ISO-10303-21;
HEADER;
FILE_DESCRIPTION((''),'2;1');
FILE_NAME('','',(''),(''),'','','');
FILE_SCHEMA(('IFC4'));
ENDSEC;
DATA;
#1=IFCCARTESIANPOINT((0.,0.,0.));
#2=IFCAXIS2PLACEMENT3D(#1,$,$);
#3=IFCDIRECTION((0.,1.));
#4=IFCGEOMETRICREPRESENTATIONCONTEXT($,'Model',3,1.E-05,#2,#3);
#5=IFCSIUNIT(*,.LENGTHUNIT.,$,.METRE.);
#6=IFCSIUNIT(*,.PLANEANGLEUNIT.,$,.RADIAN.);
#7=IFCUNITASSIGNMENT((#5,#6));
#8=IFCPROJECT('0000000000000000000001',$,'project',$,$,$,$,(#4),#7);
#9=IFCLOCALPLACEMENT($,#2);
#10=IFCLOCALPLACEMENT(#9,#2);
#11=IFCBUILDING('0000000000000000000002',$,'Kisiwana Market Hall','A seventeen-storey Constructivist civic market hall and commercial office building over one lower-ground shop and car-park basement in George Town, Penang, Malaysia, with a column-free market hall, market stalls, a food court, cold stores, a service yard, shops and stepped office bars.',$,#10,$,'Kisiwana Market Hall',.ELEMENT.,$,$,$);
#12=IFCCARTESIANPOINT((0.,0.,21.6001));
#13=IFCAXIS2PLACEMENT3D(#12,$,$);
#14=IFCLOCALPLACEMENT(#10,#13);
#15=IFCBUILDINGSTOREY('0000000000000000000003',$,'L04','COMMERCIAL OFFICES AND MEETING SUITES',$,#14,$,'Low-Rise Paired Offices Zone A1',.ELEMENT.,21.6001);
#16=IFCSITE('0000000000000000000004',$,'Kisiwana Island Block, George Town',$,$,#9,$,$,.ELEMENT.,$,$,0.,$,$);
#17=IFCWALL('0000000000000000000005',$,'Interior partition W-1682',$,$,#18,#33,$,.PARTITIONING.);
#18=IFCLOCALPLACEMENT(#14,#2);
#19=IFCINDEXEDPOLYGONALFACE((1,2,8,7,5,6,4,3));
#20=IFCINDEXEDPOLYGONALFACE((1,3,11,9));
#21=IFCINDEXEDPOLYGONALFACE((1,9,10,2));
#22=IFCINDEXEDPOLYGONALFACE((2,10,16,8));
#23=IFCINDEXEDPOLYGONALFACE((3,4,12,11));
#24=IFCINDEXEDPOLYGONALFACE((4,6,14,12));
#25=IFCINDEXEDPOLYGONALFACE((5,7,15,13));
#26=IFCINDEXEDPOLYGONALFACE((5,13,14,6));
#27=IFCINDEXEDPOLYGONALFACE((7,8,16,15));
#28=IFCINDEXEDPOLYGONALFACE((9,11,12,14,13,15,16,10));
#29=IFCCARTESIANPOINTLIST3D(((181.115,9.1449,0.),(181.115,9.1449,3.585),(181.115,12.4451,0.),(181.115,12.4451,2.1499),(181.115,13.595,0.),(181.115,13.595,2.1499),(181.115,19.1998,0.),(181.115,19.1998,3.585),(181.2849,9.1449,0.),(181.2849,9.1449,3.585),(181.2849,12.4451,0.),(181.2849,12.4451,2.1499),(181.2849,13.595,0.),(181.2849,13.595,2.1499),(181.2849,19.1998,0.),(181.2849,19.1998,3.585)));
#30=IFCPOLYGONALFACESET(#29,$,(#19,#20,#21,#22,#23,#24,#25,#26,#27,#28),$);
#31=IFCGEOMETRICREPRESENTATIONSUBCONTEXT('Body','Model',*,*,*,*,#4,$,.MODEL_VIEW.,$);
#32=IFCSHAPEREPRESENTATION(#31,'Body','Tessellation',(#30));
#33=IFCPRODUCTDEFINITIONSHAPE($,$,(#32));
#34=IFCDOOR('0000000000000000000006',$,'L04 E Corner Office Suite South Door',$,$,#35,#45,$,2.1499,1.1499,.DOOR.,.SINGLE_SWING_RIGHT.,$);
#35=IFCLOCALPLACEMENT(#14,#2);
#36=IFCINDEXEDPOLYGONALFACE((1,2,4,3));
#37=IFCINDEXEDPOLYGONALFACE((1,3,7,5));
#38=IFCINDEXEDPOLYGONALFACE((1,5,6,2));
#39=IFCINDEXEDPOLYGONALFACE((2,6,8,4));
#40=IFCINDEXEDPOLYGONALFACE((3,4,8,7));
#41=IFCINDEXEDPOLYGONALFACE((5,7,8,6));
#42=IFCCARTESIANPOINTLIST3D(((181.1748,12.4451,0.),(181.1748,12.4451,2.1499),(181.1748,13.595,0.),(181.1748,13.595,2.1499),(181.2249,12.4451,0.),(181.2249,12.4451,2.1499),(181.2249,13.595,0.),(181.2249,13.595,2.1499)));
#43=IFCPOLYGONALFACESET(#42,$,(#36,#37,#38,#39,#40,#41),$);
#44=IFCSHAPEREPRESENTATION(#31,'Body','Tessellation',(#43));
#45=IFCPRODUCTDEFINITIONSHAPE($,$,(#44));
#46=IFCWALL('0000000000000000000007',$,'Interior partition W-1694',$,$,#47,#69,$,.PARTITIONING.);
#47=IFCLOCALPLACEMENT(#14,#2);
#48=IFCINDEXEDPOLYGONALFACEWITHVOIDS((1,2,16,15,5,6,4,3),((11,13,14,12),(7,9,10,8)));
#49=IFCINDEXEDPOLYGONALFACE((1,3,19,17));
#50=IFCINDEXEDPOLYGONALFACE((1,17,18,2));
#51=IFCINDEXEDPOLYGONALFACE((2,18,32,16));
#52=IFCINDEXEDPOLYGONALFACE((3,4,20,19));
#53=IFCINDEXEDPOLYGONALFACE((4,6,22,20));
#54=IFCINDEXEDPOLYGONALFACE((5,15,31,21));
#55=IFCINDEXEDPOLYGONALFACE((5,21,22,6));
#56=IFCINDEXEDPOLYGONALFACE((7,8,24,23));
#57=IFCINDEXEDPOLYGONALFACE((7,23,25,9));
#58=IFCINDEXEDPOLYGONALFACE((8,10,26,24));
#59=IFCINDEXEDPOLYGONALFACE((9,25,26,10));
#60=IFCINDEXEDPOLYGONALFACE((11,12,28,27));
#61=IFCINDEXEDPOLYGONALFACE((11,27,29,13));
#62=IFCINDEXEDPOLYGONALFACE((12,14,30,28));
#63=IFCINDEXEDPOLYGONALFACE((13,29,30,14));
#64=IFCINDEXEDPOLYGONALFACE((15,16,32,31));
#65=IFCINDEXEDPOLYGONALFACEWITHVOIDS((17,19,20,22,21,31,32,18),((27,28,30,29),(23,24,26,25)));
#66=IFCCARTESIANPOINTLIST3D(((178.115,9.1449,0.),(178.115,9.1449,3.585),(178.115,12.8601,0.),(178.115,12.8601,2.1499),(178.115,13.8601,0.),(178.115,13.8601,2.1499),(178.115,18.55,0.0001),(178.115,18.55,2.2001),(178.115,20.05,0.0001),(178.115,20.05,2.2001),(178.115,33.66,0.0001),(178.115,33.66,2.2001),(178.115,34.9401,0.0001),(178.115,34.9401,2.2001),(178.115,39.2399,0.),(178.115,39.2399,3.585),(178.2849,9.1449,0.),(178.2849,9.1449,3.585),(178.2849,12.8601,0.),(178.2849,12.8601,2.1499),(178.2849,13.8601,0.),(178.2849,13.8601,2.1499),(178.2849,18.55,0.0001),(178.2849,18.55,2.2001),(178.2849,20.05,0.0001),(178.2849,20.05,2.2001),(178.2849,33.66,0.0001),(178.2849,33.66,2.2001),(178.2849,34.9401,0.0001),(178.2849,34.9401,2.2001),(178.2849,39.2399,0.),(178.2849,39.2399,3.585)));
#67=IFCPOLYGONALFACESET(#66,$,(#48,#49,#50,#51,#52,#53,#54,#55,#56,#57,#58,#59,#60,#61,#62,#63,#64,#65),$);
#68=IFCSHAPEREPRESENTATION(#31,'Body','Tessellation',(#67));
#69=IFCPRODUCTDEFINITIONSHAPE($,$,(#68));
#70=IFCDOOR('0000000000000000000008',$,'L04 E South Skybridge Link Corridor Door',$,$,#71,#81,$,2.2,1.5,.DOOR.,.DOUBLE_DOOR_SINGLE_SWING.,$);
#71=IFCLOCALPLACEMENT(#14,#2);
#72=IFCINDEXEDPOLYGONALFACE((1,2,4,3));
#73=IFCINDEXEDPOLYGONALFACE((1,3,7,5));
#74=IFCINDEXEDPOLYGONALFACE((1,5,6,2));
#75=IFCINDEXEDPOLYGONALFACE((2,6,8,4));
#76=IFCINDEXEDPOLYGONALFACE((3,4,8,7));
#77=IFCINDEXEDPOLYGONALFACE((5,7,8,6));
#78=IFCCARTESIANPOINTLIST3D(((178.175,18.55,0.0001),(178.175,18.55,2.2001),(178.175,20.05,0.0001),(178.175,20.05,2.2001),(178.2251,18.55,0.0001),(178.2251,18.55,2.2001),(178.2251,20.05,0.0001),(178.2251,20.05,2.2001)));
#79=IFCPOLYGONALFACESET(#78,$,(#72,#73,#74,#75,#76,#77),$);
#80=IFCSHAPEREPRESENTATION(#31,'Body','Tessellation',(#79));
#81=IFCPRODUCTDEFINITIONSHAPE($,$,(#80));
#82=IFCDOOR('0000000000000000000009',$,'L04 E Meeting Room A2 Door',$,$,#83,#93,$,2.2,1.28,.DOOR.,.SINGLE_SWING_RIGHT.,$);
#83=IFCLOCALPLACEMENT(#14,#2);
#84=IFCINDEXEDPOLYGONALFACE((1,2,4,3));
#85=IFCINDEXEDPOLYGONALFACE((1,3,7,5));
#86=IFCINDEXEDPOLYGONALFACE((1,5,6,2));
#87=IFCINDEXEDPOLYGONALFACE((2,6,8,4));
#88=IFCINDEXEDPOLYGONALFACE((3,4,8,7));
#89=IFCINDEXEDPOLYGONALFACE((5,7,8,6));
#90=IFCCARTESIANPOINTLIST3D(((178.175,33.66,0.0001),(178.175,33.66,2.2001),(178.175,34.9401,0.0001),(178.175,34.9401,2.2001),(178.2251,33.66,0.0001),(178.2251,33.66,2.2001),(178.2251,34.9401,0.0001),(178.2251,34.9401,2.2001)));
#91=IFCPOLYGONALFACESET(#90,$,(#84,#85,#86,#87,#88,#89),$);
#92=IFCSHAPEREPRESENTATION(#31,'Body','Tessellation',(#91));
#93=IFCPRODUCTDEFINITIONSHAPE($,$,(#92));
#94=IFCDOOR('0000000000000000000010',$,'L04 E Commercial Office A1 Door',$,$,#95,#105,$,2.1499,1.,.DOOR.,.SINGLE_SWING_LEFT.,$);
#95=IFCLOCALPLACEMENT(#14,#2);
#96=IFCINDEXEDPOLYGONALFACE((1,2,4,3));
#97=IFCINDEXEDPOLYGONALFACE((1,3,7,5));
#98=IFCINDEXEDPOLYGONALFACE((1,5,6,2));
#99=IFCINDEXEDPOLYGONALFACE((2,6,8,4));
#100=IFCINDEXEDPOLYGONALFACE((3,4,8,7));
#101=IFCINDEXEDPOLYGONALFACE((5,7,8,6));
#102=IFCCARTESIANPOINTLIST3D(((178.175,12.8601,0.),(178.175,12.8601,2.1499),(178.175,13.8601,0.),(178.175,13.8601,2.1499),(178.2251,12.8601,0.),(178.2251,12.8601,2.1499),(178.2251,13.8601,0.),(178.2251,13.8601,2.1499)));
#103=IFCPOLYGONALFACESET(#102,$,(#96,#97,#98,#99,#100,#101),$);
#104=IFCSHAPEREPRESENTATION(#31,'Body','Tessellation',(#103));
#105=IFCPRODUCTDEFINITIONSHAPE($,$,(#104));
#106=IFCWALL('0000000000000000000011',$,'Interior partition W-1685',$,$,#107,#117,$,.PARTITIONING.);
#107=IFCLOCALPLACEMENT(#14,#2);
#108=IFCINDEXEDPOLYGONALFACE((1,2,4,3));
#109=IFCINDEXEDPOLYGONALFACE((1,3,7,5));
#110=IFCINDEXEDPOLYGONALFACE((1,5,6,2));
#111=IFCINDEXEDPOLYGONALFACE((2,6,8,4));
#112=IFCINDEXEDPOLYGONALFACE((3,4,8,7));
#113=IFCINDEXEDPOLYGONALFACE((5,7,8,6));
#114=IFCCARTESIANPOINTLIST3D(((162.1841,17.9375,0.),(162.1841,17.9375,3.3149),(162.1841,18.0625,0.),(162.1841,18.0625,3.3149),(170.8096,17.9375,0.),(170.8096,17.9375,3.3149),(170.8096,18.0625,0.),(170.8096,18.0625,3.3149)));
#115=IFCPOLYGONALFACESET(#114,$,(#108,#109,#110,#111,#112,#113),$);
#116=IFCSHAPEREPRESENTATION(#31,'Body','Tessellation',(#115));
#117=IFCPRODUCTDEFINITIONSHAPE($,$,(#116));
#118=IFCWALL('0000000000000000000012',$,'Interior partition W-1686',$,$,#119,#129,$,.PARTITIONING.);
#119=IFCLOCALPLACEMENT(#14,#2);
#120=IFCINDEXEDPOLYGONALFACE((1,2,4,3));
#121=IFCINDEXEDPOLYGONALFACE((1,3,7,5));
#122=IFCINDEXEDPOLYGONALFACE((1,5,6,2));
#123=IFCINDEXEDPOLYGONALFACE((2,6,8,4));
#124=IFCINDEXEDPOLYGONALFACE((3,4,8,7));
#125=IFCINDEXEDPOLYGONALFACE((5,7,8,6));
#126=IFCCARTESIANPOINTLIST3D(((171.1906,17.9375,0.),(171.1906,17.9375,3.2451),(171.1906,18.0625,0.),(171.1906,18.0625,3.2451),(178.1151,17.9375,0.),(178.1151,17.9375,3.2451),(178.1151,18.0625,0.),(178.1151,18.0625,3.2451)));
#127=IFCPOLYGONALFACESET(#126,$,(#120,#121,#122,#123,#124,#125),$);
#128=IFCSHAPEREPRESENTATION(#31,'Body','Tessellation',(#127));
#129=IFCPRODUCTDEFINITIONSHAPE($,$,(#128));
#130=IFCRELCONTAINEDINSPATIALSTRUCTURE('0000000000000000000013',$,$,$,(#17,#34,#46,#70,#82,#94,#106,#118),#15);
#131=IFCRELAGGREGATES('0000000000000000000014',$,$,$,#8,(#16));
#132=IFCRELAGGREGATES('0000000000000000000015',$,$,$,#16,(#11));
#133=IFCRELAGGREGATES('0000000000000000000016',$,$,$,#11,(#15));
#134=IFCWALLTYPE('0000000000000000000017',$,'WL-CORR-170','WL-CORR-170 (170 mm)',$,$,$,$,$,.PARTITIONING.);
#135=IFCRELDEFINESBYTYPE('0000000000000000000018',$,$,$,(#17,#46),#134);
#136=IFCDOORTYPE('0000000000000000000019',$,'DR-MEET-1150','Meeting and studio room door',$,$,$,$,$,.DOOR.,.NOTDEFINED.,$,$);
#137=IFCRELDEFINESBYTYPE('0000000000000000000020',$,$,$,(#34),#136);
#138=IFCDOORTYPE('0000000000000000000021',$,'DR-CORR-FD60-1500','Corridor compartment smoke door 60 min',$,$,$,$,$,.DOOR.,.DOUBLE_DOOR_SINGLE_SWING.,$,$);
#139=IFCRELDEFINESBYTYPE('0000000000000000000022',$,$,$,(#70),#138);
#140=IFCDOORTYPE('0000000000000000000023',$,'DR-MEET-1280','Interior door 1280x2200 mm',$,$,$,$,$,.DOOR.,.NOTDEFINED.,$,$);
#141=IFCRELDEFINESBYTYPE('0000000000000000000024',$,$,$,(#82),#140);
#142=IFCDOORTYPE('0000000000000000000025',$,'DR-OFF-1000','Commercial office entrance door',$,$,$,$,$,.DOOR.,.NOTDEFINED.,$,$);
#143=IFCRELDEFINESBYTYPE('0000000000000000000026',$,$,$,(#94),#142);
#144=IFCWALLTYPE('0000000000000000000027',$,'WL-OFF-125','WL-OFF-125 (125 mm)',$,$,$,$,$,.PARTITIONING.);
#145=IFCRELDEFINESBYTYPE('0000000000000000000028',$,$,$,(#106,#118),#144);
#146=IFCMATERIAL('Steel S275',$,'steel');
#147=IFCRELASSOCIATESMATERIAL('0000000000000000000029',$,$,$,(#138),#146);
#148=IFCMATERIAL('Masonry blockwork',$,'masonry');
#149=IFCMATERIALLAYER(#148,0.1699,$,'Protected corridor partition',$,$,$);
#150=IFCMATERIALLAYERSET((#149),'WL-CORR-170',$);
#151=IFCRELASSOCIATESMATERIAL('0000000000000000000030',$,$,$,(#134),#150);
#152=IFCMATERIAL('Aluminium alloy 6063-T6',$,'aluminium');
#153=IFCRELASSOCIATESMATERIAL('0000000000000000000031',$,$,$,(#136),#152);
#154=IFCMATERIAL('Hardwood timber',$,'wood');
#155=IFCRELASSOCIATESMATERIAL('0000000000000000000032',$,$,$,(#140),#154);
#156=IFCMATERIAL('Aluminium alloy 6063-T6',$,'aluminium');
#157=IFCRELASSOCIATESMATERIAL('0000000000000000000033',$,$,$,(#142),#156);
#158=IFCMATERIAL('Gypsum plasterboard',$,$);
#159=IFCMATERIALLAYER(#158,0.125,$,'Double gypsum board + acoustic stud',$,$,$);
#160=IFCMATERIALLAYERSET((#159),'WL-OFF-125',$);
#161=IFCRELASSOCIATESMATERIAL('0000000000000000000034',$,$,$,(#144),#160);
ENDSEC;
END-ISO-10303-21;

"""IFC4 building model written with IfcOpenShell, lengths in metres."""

from ifc_helpers import new_model, si_unit, direction, frame, frame_2d, origin, place, context, subcontext, project, spatial, rectangle, extrude, material, layer, layer_set, type_object, element, fill, save


model = new_model("IFC4")

# Units and contexts
model_context = context("Model", 3, precision=1e-05, world=origin(), true_north=direction((0.0, 1.0)))
body_context = subcontext(model_context, "Body", "Model", "MODEL_VIEW")
ifc_project = project(units=[si_unit("LENGTHUNIT", "METRE"), si_unit("PLANEANGLEUNIT", "RADIAN")], contexts=[model_context])

# Site, building, storey
site_placement = place(None, origin())
site = spatial("IfcSite", under=ifc_project, at=site_placement, Name="Kisiwana Island Block, George Town", CompositionType="ELEMENT", RefElevation=0.0)
building_placement = place(site_placement, origin())
building = spatial("IfcBuilding", under=site, at=building_placement, Name="Kisiwana Market Hall", Description="A seventeen-storey Constructivist civic market hall and commercial office building over one lower-ground shop and car-park basement in George Town, Penang, Malaysia, with a column-free market hall, market stalls, a food court, cold stores, a service yard, shops and stepped office bars.", LongName="Kisiwana Market Hall", CompositionType="ELEMENT")
storey_placement = place(building_placement, frame((0.0, 0.0, 21.6001)))
storey = spatial("IfcBuildingStorey", under=building, at=storey_placement, Name="L04", Description="COMMERCIAL OFFICES AND MEETING SUITES", LongName="Low-Rise Paired Offices Zone A1", CompositionType="ELEMENT", Elevation=21.6001)

# Wall, opening, door
ifc_material_1 = material(Name="Steel S275", Category="steel")
door_type_1 = type_object("IfcDoorType", Name="DR-CORR-FD60-1500", Description="Corridor compartment smoke door 60 min", OperationType="DOUBLE_DOOR_SINGLE_SWING", PredefinedType="DOOR", material=ifc_material_1)
ifc_material_2 = material(Name="Masonry blockwork", Category="masonry")
ifc_layer_1 = layer(ifc_material_2, 0.1699, Name="Protected corridor partition")
ifc_layer_set_1 = layer_set([ifc_layer_1], Name="WL-CORR-170")
wall_type_1 = type_object("IfcWallType", Name="WL-CORR-170", Description="WL-CORR-170 (170 mm)", PredefinedType="PARTITIONING", material=ifc_layer_set_1)
wall_1_placement = place(storey_placement, frame((181.2, 9.145, 0.0), z_axis=(0.0, 0.0, 1.0), x_axis=(0.0, 1.0, 0.0)))
wall_1 = element("IfcWall", 1, at=wall_1_placement, inside=storey, type_object=wall_type_1, Name="Interior partition W-1682", PredefinedType="PARTITIONING", context=body_context, shape_type="SweptSolid", body=[
    extrude(rectangle(XDim=10.0549, YDim=0.1699, at=frame_2d((5.0273, 0.0))), origin(), (0.0, 0.0, 1.0), 3.585),
])
opening_1_placement = place(wall_1_placement, frame((3.3, 0.0, 0.0)))
opening_1 = element("IfcOpeningElement", 2, at=opening_1_placement, cuts=wall_1, PredefinedType="OPENING", context=body_context, shape_type="SweptSolid", body=[
    extrude(rectangle(XDim=1.1499, YDim=2.1499, at=frame_2d((0.575, 1.075))), frame((0.0, 0.0969, 0.0), z_axis=(0.0, -1.0, 0.0), x_axis=(1.0, 0.0, 0.0)), (0.0, 0.0, 1.0), 0.1938),
])
ifc_material_3 = material(Name="Aluminium alloy 6063-T6", Category="aluminium")
door_type_2 = type_object("IfcDoorType", Name="DR-MEET-1150", Description="Meeting and studio room door", OperationType="NOTDEFINED", PredefinedType="DOOR", material=ifc_material_3)
door_1_placement = place(opening_1_placement, frame((1.1499, 0.0, 0.0), z_axis=(0.0, 0.0, 1.0), x_axis=(-1.0, 0.0, 0.0)))
door_1 = element("IfcDoor", 3, at=door_1_placement, inside=storey, type_object=door_type_2, Name="L04 E Corner Office Suite South Door", OperationType="SINGLE_SWING_RIGHT", OverallHeight=2.1499, OverallWidth=1.1499, PredefinedType="DOOR", context=body_context, shape_type="SweptSolid", body=[
    extrude(rectangle(XDim=1.1499, YDim=2.1499, at=frame_2d((0.575, 1.075))), frame((0.0, 0.0249, 0.0), z_axis=(0.0, -1.0, 0.0), x_axis=(1.0, 0.0, 0.0)), (0.0, 0.0, 1.0), 0.05),
])
fill(opening_1, door_1)

# Wall, openings, doors
wall_2_placement = place(storey_placement, frame((178.2, 9.145, 0.0), z_axis=(0.0, 0.0, 1.0), x_axis=(0.0, 1.0, 0.0)))
wall_2 = element("IfcWall", 4, at=wall_2_placement, inside=storey, type_object=wall_type_1, Name="Interior partition W-1694", PredefinedType="PARTITIONING", context=body_context, shape_type="SweptSolid", body=[
    extrude(rectangle(XDim=30.095, YDim=0.1699, at=frame_2d((15.0474, 0.0))), origin(), (0.0, 0.0, 1.0), 3.585),
])
opening_2_placement = place(wall_2_placement, frame((3.7151, 0.0, 0.0)))
opening_2 = element("IfcOpeningElement", 5, at=opening_2_placement, cuts=wall_2, PredefinedType="OPENING", context=body_context, shape_type="SweptSolid", body=[
    extrude(rectangle(XDim=1.0, YDim=2.1499, at=frame_2d((0.5, 1.075))), frame((0.0, 0.0969, 0.0), z_axis=(0.0, -1.0, 0.0), x_axis=(1.0, 0.0, 0.0)), (0.0, 0.0, 1.0), 0.1938),
])
opening_3_placement = place(wall_2_placement, frame((9.405, 0.0, 0.0)))
opening_3 = element("IfcOpeningElement", 6, at=opening_3_placement, cuts=wall_2, PredefinedType="OPENING", context=body_context, shape_type="SweptSolid", body=[
    extrude(rectangle(XDim=1.5, YDim=2.2, at=frame_2d((0.75, 1.1001))), frame((0.0, 0.0969, 0.0), z_axis=(0.0, -1.0, 0.0), x_axis=(1.0, 0.0, 0.0)), (0.0, 0.0, 1.0), 0.1938),
])
opening_4_placement = place(wall_2_placement, frame((24.5149, 0.0, 0.0)))
opening_4 = element("IfcOpeningElement", 7, at=opening_4_placement, cuts=wall_2, PredefinedType="OPENING", context=body_context, shape_type="SweptSolid", body=[
    extrude(rectangle(XDim=1.28, YDim=2.2, at=frame_2d((0.6401, 1.1001))), frame((0.0, 0.0969, 0.0), z_axis=(0.0, -1.0, 0.0), x_axis=(1.0, 0.0, 0.0)), (0.0, 0.0, 1.0), 0.1938),
])
door_2_placement = place(opening_3_placement, origin())
door_2 = element("IfcDoor", 8, at=door_2_placement, inside=storey, type_object=door_type_1, Name="L04 E South Skybridge Link Corridor Door", OperationType="DOUBLE_DOOR_SINGLE_SWING", OverallHeight=2.2, OverallWidth=1.5, PredefinedType="DOOR", context=body_context, shape_type="SweptSolid", body=[
    extrude(rectangle(XDim=1.5, YDim=2.2, at=frame_2d((0.75, 1.1001))), frame((0.0, 0.0249, 0.0), z_axis=(0.0, -1.0, 0.0), x_axis=(1.0, 0.0, 0.0)), (0.0, 0.0, 1.0), 0.05),
])
fill(opening_3, door_2)
ifc_material_4 = material(Name="Hardwood timber", Category="wood")
door_type_3 = type_object("IfcDoorType", Name="DR-MEET-1280", Description="Interior door 1280x2200 mm", OperationType="NOTDEFINED", PredefinedType="DOOR", material=ifc_material_4)
door_3_placement = place(opening_4_placement, origin())
door_3 = element("IfcDoor", 9, at=door_3_placement, inside=storey, type_object=door_type_3, Name="L04 E Meeting Room A2 Door", OperationType="SINGLE_SWING_RIGHT", OverallHeight=2.2, OverallWidth=1.28, PredefinedType="DOOR", context=body_context, shape_type="SweptSolid", body=[
    extrude(rectangle(XDim=1.28, YDim=2.2, at=frame_2d((0.6401, 1.1001))), frame((0.0, 0.0249, 0.0), z_axis=(0.0, -1.0, 0.0), x_axis=(1.0, 0.0, 0.0)), (0.0, 0.0, 1.0), 0.05),
])
fill(opening_4, door_3)
ifc_material_5 = material(Name="Aluminium alloy 6063-T6", Category="aluminium")
door_type_4 = type_object("IfcDoorType", Name="DR-OFF-1000", Description="Commercial office entrance door", OperationType="NOTDEFINED", PredefinedType="DOOR", material=ifc_material_5)
door_4_placement = place(opening_2_placement, origin())
door_4 = element("IfcDoor", 10, at=door_4_placement, inside=storey, type_object=door_type_4, Name="L04 E Commercial Office A1 Door", OperationType="SINGLE_SWING_LEFT", OverallHeight=2.1499, OverallWidth=1.0, PredefinedType="DOOR", context=body_context, shape_type="SweptSolid", body=[
    extrude(rectangle(XDim=1.0, YDim=2.1499, at=frame_2d((0.5, 1.075))), frame((0.0, 0.0249, 0.0), z_axis=(0.0, -1.0, 0.0), x_axis=(1.0, 0.0, 0.0)), (0.0, 0.0, 1.0), 0.05),
])
fill(opening_2, door_4)

# Walls
ifc_material_6 = material(Name="Gypsum plasterboard")
ifc_layer_2 = layer(ifc_material_6, 0.125, Name="Double gypsum board + acoustic stud")
ifc_layer_set_2 = layer_set([ifc_layer_2], Name="WL-OFF-125")
wall_type_2 = type_object("IfcWallType", Name="WL-OFF-125", Description="WL-OFF-125 (125 mm)", PredefinedType="PARTITIONING", material=ifc_layer_set_2)
wall_3_placement = place(storey_placement, frame((162.1841, 18.0, 0.0), z_axis=(0.0, 0.0, 1.0), x_axis=(1.0, 0.0, 0.0)))
element("IfcWall", 11, at=wall_3_placement, inside=storey, type_object=wall_type_2, Name="Interior partition W-1685", PredefinedType="PARTITIONING", context=body_context, shape_type="SweptSolid", body=[
    extrude(rectangle(XDim=8.6255, YDim=0.125, at=frame_2d((4.3127, 0.0))), origin(), (0.0, 0.0, 1.0), 3.3149),
])
wall_4_placement = place(storey_placement, frame((171.1904, 18.0, 0.0), z_axis=(0.0, 0.0, 1.0), x_axis=(1.0, 0.0, 0.0)))
element("IfcWall", 12, at=wall_4_placement, inside=storey, type_object=wall_type_2, Name="Interior partition W-1686", PredefinedType="PARTITIONING", context=body_context, shape_type="SweptSolid", body=[
    extrude(rectangle(XDim=6.9246, YDim=0.125, at=frame_2d((3.4624, 0.0))), origin(), (0.0, 0.0, 1.0), 3.2451),
])

save(model, "model.ifc")
